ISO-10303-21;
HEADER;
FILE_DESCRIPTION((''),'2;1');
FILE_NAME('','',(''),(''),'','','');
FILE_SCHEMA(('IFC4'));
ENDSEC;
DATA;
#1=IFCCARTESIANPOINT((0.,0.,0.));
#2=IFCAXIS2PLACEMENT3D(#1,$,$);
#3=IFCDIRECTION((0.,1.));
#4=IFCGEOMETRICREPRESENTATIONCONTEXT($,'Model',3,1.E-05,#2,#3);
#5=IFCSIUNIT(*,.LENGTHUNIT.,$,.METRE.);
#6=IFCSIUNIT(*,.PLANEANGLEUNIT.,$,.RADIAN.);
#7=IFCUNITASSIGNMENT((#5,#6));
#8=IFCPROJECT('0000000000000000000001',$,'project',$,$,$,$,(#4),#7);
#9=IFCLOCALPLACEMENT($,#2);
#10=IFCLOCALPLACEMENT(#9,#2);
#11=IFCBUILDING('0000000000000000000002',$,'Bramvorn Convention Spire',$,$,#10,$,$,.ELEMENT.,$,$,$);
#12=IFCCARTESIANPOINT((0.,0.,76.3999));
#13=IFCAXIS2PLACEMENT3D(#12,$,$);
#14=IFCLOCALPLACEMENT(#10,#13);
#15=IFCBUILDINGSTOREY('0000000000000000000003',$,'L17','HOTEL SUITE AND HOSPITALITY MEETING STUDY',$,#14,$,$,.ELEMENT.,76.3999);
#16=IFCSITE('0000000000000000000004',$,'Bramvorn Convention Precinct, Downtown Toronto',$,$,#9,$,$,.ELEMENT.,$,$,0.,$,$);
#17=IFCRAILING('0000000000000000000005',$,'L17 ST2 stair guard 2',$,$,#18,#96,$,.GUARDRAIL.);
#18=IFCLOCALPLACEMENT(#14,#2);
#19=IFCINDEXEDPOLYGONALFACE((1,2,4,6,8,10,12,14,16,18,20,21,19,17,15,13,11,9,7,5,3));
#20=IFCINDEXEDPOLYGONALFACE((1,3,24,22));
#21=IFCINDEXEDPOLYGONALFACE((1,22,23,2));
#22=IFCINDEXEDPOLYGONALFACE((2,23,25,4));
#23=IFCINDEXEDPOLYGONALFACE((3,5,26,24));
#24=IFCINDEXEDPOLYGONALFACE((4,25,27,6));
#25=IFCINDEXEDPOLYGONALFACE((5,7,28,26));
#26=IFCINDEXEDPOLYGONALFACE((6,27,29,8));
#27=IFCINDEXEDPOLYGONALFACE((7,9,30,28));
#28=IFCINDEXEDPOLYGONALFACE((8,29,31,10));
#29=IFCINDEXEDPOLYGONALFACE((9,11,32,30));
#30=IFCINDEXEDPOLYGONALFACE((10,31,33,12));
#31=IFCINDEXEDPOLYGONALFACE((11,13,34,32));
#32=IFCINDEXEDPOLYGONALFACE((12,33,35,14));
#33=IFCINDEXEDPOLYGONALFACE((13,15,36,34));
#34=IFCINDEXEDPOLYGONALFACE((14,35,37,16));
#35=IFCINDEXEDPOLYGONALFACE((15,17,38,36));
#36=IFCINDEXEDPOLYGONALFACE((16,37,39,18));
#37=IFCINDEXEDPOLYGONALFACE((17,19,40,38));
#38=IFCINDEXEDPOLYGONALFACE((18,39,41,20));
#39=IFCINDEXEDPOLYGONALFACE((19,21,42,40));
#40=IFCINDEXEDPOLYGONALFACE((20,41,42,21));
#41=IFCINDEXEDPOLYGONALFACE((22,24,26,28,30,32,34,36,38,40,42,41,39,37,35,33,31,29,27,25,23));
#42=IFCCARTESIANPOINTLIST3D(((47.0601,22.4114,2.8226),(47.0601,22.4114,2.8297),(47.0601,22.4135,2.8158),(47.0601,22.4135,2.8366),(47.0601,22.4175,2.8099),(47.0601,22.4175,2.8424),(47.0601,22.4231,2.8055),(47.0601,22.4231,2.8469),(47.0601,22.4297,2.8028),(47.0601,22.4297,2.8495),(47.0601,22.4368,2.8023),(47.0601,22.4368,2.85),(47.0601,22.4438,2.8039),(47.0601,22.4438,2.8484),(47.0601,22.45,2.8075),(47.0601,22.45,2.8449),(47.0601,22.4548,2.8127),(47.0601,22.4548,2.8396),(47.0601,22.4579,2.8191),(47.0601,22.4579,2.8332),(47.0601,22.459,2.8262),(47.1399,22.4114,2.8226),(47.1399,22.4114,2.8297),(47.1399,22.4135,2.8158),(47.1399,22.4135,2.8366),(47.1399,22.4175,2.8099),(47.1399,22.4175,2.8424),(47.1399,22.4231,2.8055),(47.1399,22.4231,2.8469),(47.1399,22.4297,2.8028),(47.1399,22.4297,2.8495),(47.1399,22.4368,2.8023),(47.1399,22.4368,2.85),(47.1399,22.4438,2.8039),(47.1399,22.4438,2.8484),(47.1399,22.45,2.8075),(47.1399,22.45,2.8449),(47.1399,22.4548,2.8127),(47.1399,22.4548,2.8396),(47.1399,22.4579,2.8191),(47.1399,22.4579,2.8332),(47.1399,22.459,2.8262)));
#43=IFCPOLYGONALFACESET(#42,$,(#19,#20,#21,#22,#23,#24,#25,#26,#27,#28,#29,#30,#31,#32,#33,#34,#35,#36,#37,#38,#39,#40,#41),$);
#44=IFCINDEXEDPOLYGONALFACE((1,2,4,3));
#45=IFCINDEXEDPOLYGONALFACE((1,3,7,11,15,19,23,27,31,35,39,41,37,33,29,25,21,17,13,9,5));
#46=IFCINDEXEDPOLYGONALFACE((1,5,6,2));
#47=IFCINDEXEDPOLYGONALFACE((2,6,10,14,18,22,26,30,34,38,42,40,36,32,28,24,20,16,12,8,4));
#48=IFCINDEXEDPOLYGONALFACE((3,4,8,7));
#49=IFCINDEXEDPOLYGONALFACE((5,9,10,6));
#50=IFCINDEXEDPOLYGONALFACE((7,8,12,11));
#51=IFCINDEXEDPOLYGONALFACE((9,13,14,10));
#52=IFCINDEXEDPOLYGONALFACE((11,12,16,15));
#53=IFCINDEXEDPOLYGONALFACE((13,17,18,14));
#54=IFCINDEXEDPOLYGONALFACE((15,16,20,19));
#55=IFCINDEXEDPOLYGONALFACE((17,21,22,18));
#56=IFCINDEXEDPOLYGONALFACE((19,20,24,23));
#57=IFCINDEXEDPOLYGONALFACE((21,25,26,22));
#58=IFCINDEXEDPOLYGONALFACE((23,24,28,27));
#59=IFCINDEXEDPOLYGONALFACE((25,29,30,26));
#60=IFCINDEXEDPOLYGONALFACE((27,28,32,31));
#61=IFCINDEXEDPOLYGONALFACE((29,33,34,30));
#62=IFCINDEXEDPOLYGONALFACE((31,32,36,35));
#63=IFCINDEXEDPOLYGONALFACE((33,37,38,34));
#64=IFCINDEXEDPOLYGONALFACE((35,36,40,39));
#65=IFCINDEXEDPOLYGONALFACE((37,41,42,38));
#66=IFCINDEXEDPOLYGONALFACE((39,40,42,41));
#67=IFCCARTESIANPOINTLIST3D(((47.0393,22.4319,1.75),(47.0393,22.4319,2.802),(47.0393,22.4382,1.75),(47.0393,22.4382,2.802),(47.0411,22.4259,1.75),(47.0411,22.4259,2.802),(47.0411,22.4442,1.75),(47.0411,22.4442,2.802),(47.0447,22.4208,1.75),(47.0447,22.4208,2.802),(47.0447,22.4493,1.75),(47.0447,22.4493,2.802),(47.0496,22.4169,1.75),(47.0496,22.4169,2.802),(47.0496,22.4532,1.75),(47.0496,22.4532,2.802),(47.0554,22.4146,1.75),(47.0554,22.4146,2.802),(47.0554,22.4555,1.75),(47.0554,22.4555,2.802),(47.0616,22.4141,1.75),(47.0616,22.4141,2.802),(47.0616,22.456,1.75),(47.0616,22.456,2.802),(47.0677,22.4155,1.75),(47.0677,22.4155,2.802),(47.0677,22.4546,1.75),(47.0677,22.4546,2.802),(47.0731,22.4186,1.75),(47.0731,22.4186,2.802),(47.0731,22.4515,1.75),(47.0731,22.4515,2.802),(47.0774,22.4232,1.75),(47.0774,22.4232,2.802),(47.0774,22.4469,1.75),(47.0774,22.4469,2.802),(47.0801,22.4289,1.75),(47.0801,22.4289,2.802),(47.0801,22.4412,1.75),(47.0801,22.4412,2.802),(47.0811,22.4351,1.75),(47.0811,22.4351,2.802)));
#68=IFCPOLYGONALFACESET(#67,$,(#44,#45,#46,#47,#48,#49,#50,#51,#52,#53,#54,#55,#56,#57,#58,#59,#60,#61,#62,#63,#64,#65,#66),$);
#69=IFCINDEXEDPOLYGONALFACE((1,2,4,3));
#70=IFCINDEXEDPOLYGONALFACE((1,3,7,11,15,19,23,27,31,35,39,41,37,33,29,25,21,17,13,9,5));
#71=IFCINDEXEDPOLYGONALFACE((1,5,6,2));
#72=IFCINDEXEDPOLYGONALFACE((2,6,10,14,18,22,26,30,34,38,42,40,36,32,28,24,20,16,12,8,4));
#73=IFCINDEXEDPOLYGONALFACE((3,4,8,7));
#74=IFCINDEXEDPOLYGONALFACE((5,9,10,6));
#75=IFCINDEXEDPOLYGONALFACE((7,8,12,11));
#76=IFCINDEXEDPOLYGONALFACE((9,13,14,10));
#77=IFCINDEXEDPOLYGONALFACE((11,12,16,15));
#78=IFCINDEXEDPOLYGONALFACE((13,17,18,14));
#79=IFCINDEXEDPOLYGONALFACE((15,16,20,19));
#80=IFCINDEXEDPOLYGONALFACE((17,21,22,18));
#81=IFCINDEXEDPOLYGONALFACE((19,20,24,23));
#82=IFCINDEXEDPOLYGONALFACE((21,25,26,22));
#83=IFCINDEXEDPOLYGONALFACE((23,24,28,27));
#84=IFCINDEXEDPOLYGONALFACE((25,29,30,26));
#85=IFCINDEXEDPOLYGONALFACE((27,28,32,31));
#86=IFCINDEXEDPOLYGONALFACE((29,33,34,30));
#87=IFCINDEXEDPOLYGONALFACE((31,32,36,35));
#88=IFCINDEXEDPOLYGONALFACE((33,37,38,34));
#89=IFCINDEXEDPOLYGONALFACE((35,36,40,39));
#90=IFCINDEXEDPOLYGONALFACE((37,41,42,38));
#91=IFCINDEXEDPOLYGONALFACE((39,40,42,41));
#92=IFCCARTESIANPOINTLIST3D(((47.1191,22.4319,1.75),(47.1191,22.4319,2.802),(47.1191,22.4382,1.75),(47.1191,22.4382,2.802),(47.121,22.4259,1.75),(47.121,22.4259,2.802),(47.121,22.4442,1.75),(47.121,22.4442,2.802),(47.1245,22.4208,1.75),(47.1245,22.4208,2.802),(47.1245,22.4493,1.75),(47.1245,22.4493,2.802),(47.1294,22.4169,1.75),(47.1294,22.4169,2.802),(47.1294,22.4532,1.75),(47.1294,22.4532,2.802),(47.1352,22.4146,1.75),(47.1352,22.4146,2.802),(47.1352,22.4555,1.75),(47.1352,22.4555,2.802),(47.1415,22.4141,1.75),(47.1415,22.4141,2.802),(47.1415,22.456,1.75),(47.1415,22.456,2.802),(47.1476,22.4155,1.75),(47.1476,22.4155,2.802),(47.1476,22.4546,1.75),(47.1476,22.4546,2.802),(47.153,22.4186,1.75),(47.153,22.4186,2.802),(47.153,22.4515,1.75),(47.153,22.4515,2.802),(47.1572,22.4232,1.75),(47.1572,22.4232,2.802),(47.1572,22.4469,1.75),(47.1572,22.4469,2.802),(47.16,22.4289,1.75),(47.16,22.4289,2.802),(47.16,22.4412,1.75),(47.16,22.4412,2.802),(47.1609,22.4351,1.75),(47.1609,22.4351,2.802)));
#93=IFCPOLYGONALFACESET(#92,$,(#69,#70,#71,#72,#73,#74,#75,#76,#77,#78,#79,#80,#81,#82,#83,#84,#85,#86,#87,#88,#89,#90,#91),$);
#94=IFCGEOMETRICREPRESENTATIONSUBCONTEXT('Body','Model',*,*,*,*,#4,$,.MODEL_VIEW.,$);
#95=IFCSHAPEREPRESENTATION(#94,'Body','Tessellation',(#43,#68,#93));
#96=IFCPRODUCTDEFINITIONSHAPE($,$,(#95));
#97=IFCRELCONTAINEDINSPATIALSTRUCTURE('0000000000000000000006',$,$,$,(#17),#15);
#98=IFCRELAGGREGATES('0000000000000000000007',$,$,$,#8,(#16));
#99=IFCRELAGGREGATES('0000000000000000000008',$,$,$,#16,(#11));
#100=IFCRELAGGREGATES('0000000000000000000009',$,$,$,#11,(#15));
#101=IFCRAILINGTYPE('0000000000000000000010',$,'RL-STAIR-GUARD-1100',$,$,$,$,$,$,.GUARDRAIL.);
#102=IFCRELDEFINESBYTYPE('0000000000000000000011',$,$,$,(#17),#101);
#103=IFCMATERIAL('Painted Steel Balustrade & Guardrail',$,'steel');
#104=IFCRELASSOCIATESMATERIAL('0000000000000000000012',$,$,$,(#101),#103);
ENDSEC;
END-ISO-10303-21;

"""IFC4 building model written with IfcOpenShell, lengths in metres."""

from ifc_helpers import new_model, si_unit, direction, frame, origin, origin_2d, place, context, subcontext, project, spatial, circle, extrude, material, type_object, element, save


model = new_model("IFC4")

# Units and contexts
model_context = context("Model", 3, precision=1e-05, world=origin(), true_north=direction((0.0, 1.0)))
body_context = subcontext(model_context, "Body", "Model", "MODEL_VIEW")
ifc_project = project(units=[si_unit("LENGTHUNIT", "METRE"), si_unit("PLANEANGLEUNIT", "RADIAN")], contexts=[model_context])

# Site, building, storey
site_placement = place(None, origin())
site = spatial("IfcSite", under=ifc_project, at=site_placement, Name="Bramvorn Convention Precinct, Downtown Toronto", CompositionType="ELEMENT", RefElevation=0.0)
building_placement = place(site_placement, origin())
building = spatial("IfcBuilding", under=site, at=building_placement, Name="Bramvorn Convention Spire", CompositionType="ELEMENT")
storey_placement = place(building_placement, frame((0.0, 0.0, 76.3999)))
storey = spatial("IfcBuildingStorey", under=building, at=storey_placement, Name="L17", Description="HOTEL SUITE AND HOSPITALITY MEETING STUDY", CompositionType="ELEMENT", Elevation=76.3999)

# Railing
ifc_material_1 = material(Name="Painted Steel Balustrade & Guardrail", Category="steel")
railing_type_1 = type_object("IfcRailingType", Name="RL-STAIR-GUARD-1100", PredefinedType="GUARDRAIL", material=ifc_material_1)
railing_1_placement = place(storey_placement, frame((47.0601, 22.4351, 1.75)))
element("IfcRailing", 1, at=railing_1_placement, inside=storey, type_object=railing_type_1, Name="L17 ST2 stair guard 2", PredefinedType="GUARDRAIL", context=body_context, shape_type="SweptSolid", body=[
    extrude(circle(Radius=0.0239, at=origin_2d()), frame((0.0, 0.0, 1.0762), z_axis=(1.0, 0.0, 0.0), x_axis=(0.0, 1.0, 0.0)), (0.0, 0.0, 1.0), 0.0798),
    extrude(circle(Radius=0.021, at=origin_2d()), origin(), (0.0, 0.0, 1.0), 1.052),
    extrude(circle(Radius=0.021, at=origin_2d()), frame((0.0798, 0.0, 0.0)), (0.0, 0.0, 1.0), 1.052),
])

save(model, "model.ifc")
